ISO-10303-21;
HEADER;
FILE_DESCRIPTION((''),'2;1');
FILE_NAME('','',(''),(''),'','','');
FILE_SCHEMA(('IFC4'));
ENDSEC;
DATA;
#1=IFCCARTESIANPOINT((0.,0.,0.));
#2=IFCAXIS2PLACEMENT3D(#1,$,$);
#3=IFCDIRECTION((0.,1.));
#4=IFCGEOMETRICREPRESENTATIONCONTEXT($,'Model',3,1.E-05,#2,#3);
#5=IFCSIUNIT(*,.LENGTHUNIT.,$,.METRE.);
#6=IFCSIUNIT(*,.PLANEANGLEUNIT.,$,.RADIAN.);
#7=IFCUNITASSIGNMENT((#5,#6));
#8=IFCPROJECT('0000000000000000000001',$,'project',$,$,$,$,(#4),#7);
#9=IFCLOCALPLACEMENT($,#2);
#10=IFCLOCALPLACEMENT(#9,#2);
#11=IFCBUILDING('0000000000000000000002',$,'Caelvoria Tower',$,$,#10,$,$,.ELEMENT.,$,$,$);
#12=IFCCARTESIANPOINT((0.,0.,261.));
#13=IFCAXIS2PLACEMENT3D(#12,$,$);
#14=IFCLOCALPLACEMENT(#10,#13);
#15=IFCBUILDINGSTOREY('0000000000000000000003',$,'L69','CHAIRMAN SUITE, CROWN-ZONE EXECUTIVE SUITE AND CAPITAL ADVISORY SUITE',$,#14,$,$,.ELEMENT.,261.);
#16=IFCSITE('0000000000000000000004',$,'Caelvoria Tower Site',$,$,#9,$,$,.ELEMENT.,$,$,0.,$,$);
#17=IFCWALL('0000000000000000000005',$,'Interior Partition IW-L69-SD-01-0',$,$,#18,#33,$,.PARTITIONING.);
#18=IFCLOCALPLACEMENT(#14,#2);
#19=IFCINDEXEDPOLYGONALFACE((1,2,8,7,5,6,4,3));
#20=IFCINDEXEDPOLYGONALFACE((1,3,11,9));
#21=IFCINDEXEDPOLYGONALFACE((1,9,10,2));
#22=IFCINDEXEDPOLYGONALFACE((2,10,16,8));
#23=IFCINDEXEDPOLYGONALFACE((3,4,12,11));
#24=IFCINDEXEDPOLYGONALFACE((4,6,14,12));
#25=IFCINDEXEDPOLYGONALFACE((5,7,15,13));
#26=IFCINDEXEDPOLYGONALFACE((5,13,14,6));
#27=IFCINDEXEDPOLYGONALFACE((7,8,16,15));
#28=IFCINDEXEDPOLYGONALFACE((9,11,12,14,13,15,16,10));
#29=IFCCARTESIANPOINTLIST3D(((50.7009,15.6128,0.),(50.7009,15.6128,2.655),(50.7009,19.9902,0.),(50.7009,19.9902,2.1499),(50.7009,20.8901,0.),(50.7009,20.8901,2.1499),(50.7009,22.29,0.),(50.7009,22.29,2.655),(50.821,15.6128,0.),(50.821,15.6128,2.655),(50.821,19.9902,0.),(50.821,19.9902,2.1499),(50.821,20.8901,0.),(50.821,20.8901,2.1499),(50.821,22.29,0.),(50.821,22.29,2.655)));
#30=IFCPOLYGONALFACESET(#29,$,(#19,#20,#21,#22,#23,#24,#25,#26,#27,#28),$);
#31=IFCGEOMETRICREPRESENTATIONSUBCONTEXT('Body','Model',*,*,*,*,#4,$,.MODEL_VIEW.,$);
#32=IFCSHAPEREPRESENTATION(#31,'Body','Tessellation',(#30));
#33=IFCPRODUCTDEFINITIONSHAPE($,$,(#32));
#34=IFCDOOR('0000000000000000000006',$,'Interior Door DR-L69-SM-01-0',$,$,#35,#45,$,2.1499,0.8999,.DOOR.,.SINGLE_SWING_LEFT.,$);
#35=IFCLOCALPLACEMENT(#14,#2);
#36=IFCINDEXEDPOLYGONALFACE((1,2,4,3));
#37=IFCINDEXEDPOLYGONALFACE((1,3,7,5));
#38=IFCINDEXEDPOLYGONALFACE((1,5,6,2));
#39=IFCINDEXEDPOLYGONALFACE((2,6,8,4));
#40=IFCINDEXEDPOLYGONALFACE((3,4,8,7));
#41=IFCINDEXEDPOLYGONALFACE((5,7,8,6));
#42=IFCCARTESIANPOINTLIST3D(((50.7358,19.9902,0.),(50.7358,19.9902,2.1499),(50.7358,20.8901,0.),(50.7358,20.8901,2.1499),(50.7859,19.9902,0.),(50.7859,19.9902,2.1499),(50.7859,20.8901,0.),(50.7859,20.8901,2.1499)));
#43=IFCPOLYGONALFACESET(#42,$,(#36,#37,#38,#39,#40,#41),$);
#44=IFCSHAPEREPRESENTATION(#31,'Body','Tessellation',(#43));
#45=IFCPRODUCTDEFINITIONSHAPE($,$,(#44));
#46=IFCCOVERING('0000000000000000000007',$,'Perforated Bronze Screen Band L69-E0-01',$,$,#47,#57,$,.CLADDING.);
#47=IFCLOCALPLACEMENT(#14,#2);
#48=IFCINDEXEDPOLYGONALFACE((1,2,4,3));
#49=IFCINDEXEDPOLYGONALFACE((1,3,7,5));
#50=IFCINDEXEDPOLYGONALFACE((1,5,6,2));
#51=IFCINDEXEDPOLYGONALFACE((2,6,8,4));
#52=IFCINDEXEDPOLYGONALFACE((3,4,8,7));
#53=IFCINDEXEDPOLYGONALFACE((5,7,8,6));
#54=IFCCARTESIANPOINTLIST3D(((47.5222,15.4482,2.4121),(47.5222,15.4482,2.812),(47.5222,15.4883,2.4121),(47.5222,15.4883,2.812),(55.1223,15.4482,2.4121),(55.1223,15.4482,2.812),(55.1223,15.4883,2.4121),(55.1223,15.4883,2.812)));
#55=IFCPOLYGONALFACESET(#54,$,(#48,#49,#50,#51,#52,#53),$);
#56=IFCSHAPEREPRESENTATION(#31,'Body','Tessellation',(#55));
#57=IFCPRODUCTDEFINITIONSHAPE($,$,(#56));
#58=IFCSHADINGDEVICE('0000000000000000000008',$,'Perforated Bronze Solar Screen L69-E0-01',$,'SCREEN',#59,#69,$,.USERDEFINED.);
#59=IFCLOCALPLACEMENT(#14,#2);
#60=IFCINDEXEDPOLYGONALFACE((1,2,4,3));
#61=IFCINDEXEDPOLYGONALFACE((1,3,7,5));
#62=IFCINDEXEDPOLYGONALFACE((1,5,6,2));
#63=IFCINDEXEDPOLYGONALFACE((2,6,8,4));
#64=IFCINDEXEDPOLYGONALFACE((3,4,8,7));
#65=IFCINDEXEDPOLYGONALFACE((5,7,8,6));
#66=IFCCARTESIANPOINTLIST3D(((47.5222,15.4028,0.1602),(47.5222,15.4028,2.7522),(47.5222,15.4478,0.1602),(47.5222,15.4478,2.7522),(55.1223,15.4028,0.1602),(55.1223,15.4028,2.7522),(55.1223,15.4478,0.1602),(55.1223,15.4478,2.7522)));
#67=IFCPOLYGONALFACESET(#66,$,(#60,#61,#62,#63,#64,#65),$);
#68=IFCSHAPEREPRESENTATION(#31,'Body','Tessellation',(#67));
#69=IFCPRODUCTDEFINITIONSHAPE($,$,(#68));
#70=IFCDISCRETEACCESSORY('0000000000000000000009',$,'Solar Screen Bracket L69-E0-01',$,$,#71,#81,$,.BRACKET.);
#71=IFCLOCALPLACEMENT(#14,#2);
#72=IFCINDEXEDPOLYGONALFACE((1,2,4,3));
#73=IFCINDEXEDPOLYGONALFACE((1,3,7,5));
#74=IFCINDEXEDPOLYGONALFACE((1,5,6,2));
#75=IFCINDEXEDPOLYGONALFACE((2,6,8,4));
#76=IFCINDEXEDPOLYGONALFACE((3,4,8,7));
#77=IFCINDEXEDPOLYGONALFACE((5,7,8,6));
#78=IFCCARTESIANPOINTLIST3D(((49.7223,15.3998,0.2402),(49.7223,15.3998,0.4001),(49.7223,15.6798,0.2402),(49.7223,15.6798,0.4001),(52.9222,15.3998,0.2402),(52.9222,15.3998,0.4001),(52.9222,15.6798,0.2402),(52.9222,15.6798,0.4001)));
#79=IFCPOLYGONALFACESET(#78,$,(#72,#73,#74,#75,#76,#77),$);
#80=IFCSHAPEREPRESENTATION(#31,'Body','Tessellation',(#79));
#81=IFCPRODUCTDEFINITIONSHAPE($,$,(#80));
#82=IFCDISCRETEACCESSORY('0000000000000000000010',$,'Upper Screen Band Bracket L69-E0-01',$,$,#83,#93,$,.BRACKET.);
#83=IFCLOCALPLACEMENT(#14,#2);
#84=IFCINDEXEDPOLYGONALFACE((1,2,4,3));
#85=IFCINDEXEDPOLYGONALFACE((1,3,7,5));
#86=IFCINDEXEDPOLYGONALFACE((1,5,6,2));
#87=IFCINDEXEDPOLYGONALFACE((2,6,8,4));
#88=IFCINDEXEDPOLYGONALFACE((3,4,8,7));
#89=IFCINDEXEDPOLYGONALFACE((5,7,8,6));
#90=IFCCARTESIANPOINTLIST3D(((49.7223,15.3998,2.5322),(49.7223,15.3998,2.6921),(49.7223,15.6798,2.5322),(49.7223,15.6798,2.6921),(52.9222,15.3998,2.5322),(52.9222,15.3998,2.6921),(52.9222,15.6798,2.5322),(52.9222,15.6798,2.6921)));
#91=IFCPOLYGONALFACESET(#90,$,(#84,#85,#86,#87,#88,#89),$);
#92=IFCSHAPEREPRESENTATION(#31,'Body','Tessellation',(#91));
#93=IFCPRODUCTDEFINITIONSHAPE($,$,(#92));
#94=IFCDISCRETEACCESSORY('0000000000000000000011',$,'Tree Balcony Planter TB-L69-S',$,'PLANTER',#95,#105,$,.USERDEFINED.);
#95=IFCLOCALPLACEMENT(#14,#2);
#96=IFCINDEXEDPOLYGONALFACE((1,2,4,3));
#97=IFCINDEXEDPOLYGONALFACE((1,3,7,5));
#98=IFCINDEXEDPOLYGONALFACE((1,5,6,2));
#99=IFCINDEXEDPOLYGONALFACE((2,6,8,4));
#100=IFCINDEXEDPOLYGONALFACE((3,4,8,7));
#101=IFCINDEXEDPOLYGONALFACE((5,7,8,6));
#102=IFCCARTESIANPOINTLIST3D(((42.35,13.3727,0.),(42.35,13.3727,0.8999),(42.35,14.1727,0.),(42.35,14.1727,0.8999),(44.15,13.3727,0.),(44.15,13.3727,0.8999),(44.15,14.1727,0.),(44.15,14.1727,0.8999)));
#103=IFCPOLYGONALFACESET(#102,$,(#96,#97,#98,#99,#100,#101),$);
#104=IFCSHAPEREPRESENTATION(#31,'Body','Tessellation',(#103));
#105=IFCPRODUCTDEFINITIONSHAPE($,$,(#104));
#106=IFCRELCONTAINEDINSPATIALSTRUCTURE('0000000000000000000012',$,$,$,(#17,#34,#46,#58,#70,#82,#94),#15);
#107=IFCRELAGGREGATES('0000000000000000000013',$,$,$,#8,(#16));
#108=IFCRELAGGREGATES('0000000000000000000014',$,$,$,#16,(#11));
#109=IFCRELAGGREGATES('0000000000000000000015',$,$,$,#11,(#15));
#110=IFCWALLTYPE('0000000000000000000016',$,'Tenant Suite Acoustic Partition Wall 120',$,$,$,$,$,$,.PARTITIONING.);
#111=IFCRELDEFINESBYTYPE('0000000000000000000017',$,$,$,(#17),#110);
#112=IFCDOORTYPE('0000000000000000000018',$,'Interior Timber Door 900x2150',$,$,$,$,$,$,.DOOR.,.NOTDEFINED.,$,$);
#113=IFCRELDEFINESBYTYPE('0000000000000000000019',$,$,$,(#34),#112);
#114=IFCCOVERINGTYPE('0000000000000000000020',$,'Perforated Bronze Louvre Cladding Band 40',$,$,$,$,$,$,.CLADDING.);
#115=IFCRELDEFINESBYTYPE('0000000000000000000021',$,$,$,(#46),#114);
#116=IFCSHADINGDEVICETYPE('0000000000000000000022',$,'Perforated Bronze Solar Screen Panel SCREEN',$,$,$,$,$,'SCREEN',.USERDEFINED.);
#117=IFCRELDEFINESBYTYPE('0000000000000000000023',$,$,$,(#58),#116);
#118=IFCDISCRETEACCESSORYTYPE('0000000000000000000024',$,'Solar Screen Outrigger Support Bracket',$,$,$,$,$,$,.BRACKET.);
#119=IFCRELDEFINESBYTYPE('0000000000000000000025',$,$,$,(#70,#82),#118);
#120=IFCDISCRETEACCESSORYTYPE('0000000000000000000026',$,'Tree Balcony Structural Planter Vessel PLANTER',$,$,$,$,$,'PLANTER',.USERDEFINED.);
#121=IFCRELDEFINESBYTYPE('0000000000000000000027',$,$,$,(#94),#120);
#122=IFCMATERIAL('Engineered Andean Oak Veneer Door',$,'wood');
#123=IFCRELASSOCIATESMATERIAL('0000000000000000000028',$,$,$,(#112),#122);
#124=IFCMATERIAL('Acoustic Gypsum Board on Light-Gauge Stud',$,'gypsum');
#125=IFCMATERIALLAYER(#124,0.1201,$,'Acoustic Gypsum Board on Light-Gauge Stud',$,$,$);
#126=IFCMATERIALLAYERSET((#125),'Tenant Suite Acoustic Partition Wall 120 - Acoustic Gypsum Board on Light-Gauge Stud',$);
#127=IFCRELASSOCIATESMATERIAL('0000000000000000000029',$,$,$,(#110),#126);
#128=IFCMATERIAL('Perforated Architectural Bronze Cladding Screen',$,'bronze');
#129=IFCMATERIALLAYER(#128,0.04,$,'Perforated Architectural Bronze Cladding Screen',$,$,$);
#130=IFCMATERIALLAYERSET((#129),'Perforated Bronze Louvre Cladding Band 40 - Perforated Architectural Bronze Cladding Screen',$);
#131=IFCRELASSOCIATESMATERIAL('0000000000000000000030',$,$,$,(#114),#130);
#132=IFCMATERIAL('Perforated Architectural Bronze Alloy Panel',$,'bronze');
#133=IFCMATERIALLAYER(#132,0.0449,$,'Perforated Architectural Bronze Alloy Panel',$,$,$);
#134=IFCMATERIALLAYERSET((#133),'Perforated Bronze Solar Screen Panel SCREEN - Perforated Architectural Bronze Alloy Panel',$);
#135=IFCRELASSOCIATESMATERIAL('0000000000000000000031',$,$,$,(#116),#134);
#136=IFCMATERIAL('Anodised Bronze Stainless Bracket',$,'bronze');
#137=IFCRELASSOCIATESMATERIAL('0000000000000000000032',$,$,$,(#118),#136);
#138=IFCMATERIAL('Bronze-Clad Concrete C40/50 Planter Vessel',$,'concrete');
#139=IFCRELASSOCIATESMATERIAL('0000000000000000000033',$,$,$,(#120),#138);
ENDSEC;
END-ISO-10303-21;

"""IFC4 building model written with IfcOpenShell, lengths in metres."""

from ifc_helpers import new_model, si_unit, direction, frame, frame_2d, origin, origin_2d, place, context, subcontext, project, spatial, rectangle, extrude, material, layer, layer_set, type_object, element, fill, save


model = new_model("IFC4")

# Units and contexts
model_context = context("Model", 3, precision=1e-05, world=origin(), true_north=direction((0.0, 1.0)))
body_context = subcontext(model_context, "Body", "Model", "MODEL_VIEW")
ifc_project = project(units=[si_unit("LENGTHUNIT", "METRE"), si_unit("PLANEANGLEUNIT", "RADIAN")], contexts=[model_context])

# Site, building, storey
site_placement = place(None, origin())
site = spatial("IfcSite", under=ifc_project, at=site_placement, Name="Caelvoria Tower Site", CompositionType="ELEMENT", RefElevation=0.0)
building_placement = place(site_placement, origin())
building = spatial("IfcBuilding", under=site, at=building_placement, Name="Caelvoria Tower", CompositionType="ELEMENT")
storey_placement = place(building_placement, frame((0.0, 0.0, 261.0)))
storey = spatial("IfcBuildingStorey", under=building, at=storey_placement, Name="L69", Description="CHAIRMAN SUITE, CROWN-ZONE EXECUTIVE SUITE AND CAPITAL ADVISORY SUITE", CompositionType="ELEMENT", Elevation=261.0)

# Shared definitions
ifc_material_1 = material(Name="Engineered Andean Oak Veneer Door", Category="wood")
door_type_1 = type_object("IfcDoorType", Name="Interior Timber Door 900x2150", OperationType="NOTDEFINED", PredefinedType="DOOR", material=ifc_material_1)

# Wall, opening, door
ifc_material_2 = material(Name="Acoustic Gypsum Board on Light-Gauge Stud", Category="gypsum")
ifc_layer_1 = layer(ifc_material_2, 0.1201, Name="Acoustic Gypsum Board on Light-Gauge Stud")
ifc_layer_set_1 = layer_set([ifc_layer_1], Name="Tenant Suite Acoustic Partition Wall 120 - Acoustic Gypsum Board on Light-Gauge Stud")
wall_type_1 = type_object("IfcWallType", Name="Tenant Suite Acoustic Partition Wall 120", PredefinedType="PARTITIONING", material=ifc_layer_set_1)
wall_1_placement = place(storey_placement, frame((50.761, 22.29, 0.0), z_axis=(0.0, 0.0, 1.0), x_axis=(0.0, -1.0, 0.0)))
wall_1 = element("IfcWall", 1, at=wall_1_placement, inside=storey, type_object=wall_type_1, Name="Interior Partition IW-L69-SD-01-0", PredefinedType="PARTITIONING", context=body_context, shape_type="SweptSolid", body=[
    extrude(rectangle(XDim=6.6772, YDim=0.1201, at=frame_2d((3.3386, 0.0))), origin(), (0.0, 0.0, 1.0), 2.655),
])
opening_1_placement = place(wall_1_placement, frame((1.3999, 0.0, 0.0)))
opening_1 = element("IfcOpeningElement", 2, at=opening_1_placement, cuts=wall_1, PredefinedType="OPENING", context=body_context, shape_type="SweptSolid", body=[
    extrude(rectangle(XDim=0.8999, YDim=2.1499, at=frame_2d((0.45, 1.075))), frame((0.0, 0.0701, 0.0), z_axis=(0.0, -1.0, 0.0), x_axis=(1.0, 0.0, 0.0)), (0.0, 0.0, 1.0), 0.1401),
])
door_1_placement = place(opening_1_placement, origin())
door_1 = element("IfcDoor", 3, at=door_1_placement, inside=storey, type_object=door_type_1, Name="Interior Door DR-L69-SM-01-0", OperationType="SINGLE_SWING_LEFT", OverallHeight=2.1499, OverallWidth=0.8999, PredefinedType="DOOR", context=body_context, shape_type="SweptSolid", body=[
    extrude(rectangle(XDim=0.8999, YDim=2.1499, at=frame_2d((0.45, 1.075))), frame((0.0, 0.0249, 0.0), z_axis=(0.0, -1.0, 0.0), x_axis=(1.0, 0.0, 0.0)), (0.0, 0.0, 1.0), 0.05),
])
fill(opening_1, door_1)

# Covering
ifc_material_3 = material(Name="Perforated Architectural Bronze Cladding Screen", Category="bronze")
ifc_layer_2 = layer(ifc_material_3, 0.04, Name="Perforated Architectural Bronze Cladding Screen")
ifc_layer_set_2 = layer_set([ifc_layer_2], Name="Perforated Bronze Louvre Cladding Band 40 - Perforated Architectural Bronze Cladding Screen")
covering_type = type_object("IfcCoveringType", Name="Perforated Bronze Louvre Cladding Band 40", PredefinedType="CLADDING", material=ifc_layer_set_2)
covering_placement = place(storey_placement, frame((51.3223, 15.4683, 2.4121), z_axis=(0.0, 0.0, 1.0), x_axis=(1.0, 0.0, 0.0)))
element("IfcCovering", 4, at=covering_placement, inside=storey, type_object=covering_type, Name="Perforated Bronze Screen Band L69-E0-01", PredefinedType="CLADDING", context=body_context, shape_type="SweptSolid", body=[
    extrude(rectangle(XDim=7.6001, YDim=0.04, at=origin_2d()), origin(), (0.0, 0.0, 1.0), 0.3999),
])

# Shading device
ifc_material_4 = material(Name="Perforated Architectural Bronze Alloy Panel", Category="bronze")
ifc_layer_3 = layer(ifc_material_4, 0.0449, Name="Perforated Architectural Bronze Alloy Panel")
ifc_layer_set_3 = layer_set([ifc_layer_3], Name="Perforated Bronze Solar Screen Panel SCREEN - Perforated Architectural Bronze Alloy Panel")
shading_device_type = type_object("IfcShadingDeviceType", Name="Perforated Bronze Solar Screen Panel SCREEN", ElementType="SCREEN", PredefinedType="USERDEFINED", material=ifc_layer_set_3)
shading_device_placement = place(storey_placement, frame((51.3223, 15.4253, 0.1602), z_axis=(0.0, 0.0, 1.0), x_axis=(1.0, 0.0, 0.0)))
element("IfcShadingDevice", 5, at=shading_device_placement, inside=storey, type_object=shading_device_type, Name="Perforated Bronze Solar Screen L69-E0-01", ObjectType="SCREEN", PredefinedType="USERDEFINED", context=body_context, shape_type="SweptSolid", body=[
    extrude(rectangle(XDim=7.6001, YDim=0.0449, at=origin_2d()), origin(), (0.0, 0.0, 1.0), 2.592),
])

# Discrete accessories
ifc_material_5 = material(Name="Anodised Bronze Stainless Bracket", Category="bronze")
discrete_accessory_type_1 = type_object("IfcDiscreteAccessoryType", Name="Solar Screen Outrigger Support Bracket", PredefinedType="BRACKET", material=ifc_material_5)
for number, where, z_axis, x_axis, name in (
    (6, (51.3223, 15.5398, 0.2402), (0.0, 0.0, 1.0), (1.0, 0.0, 0.0), "Solar Screen Bracket L69-E0-01"),
    (7, (51.3223, 15.5398, 2.5322), (0.0, 0.0, 1.0), (1.0, 0.0, 0.0), "Upper Screen Band Bracket L69-E0-01"),
):
    element("IfcDiscreteAccessory", number, at=place(storey_placement, frame(where, z_axis=z_axis, x_axis=x_axis)), inside=storey, type_object=discrete_accessory_type_1, Name=name, PredefinedType="BRACKET", context=body_context, shape_type="SweptSolid", body=[
        extrude(rectangle(XDim=3.2, YDim=0.28, at=origin_2d()), origin(), (0.0, 0.0, 1.0), 0.1599),
    ])
ifc_material_6 = material(Name="Bronze-Clad Concrete C40/50 Planter Vessel", Category="concrete")
discrete_accessory_type_2 = type_object("IfcDiscreteAccessoryType", Name="Tree Balcony Structural Planter Vessel PLANTER", ElementType="PLANTER", PredefinedType="USERDEFINED", material=ifc_material_6)
discrete_accessory_placement = place(storey_placement, frame((43.25, 13.7727, 0.0), z_axis=(0.0, 0.0, 1.0), x_axis=(1.0, 0.0, 0.0)))
element("IfcDiscreteAccessory", 8, at=discrete_accessory_placement, inside=storey, type_object=discrete_accessory_type_2, Name="Tree Balcony Planter TB-L69-S", ObjectType="PLANTER", PredefinedType="USERDEFINED", context=body_context, shape_type="SweptSolid", body=[
    extrude(rectangle(XDim=1.8, YDim=0.8, at=origin_2d()), origin(), (0.0, 0.0, 1.0), 0.8999),
])

save(model, "model.ifc")
